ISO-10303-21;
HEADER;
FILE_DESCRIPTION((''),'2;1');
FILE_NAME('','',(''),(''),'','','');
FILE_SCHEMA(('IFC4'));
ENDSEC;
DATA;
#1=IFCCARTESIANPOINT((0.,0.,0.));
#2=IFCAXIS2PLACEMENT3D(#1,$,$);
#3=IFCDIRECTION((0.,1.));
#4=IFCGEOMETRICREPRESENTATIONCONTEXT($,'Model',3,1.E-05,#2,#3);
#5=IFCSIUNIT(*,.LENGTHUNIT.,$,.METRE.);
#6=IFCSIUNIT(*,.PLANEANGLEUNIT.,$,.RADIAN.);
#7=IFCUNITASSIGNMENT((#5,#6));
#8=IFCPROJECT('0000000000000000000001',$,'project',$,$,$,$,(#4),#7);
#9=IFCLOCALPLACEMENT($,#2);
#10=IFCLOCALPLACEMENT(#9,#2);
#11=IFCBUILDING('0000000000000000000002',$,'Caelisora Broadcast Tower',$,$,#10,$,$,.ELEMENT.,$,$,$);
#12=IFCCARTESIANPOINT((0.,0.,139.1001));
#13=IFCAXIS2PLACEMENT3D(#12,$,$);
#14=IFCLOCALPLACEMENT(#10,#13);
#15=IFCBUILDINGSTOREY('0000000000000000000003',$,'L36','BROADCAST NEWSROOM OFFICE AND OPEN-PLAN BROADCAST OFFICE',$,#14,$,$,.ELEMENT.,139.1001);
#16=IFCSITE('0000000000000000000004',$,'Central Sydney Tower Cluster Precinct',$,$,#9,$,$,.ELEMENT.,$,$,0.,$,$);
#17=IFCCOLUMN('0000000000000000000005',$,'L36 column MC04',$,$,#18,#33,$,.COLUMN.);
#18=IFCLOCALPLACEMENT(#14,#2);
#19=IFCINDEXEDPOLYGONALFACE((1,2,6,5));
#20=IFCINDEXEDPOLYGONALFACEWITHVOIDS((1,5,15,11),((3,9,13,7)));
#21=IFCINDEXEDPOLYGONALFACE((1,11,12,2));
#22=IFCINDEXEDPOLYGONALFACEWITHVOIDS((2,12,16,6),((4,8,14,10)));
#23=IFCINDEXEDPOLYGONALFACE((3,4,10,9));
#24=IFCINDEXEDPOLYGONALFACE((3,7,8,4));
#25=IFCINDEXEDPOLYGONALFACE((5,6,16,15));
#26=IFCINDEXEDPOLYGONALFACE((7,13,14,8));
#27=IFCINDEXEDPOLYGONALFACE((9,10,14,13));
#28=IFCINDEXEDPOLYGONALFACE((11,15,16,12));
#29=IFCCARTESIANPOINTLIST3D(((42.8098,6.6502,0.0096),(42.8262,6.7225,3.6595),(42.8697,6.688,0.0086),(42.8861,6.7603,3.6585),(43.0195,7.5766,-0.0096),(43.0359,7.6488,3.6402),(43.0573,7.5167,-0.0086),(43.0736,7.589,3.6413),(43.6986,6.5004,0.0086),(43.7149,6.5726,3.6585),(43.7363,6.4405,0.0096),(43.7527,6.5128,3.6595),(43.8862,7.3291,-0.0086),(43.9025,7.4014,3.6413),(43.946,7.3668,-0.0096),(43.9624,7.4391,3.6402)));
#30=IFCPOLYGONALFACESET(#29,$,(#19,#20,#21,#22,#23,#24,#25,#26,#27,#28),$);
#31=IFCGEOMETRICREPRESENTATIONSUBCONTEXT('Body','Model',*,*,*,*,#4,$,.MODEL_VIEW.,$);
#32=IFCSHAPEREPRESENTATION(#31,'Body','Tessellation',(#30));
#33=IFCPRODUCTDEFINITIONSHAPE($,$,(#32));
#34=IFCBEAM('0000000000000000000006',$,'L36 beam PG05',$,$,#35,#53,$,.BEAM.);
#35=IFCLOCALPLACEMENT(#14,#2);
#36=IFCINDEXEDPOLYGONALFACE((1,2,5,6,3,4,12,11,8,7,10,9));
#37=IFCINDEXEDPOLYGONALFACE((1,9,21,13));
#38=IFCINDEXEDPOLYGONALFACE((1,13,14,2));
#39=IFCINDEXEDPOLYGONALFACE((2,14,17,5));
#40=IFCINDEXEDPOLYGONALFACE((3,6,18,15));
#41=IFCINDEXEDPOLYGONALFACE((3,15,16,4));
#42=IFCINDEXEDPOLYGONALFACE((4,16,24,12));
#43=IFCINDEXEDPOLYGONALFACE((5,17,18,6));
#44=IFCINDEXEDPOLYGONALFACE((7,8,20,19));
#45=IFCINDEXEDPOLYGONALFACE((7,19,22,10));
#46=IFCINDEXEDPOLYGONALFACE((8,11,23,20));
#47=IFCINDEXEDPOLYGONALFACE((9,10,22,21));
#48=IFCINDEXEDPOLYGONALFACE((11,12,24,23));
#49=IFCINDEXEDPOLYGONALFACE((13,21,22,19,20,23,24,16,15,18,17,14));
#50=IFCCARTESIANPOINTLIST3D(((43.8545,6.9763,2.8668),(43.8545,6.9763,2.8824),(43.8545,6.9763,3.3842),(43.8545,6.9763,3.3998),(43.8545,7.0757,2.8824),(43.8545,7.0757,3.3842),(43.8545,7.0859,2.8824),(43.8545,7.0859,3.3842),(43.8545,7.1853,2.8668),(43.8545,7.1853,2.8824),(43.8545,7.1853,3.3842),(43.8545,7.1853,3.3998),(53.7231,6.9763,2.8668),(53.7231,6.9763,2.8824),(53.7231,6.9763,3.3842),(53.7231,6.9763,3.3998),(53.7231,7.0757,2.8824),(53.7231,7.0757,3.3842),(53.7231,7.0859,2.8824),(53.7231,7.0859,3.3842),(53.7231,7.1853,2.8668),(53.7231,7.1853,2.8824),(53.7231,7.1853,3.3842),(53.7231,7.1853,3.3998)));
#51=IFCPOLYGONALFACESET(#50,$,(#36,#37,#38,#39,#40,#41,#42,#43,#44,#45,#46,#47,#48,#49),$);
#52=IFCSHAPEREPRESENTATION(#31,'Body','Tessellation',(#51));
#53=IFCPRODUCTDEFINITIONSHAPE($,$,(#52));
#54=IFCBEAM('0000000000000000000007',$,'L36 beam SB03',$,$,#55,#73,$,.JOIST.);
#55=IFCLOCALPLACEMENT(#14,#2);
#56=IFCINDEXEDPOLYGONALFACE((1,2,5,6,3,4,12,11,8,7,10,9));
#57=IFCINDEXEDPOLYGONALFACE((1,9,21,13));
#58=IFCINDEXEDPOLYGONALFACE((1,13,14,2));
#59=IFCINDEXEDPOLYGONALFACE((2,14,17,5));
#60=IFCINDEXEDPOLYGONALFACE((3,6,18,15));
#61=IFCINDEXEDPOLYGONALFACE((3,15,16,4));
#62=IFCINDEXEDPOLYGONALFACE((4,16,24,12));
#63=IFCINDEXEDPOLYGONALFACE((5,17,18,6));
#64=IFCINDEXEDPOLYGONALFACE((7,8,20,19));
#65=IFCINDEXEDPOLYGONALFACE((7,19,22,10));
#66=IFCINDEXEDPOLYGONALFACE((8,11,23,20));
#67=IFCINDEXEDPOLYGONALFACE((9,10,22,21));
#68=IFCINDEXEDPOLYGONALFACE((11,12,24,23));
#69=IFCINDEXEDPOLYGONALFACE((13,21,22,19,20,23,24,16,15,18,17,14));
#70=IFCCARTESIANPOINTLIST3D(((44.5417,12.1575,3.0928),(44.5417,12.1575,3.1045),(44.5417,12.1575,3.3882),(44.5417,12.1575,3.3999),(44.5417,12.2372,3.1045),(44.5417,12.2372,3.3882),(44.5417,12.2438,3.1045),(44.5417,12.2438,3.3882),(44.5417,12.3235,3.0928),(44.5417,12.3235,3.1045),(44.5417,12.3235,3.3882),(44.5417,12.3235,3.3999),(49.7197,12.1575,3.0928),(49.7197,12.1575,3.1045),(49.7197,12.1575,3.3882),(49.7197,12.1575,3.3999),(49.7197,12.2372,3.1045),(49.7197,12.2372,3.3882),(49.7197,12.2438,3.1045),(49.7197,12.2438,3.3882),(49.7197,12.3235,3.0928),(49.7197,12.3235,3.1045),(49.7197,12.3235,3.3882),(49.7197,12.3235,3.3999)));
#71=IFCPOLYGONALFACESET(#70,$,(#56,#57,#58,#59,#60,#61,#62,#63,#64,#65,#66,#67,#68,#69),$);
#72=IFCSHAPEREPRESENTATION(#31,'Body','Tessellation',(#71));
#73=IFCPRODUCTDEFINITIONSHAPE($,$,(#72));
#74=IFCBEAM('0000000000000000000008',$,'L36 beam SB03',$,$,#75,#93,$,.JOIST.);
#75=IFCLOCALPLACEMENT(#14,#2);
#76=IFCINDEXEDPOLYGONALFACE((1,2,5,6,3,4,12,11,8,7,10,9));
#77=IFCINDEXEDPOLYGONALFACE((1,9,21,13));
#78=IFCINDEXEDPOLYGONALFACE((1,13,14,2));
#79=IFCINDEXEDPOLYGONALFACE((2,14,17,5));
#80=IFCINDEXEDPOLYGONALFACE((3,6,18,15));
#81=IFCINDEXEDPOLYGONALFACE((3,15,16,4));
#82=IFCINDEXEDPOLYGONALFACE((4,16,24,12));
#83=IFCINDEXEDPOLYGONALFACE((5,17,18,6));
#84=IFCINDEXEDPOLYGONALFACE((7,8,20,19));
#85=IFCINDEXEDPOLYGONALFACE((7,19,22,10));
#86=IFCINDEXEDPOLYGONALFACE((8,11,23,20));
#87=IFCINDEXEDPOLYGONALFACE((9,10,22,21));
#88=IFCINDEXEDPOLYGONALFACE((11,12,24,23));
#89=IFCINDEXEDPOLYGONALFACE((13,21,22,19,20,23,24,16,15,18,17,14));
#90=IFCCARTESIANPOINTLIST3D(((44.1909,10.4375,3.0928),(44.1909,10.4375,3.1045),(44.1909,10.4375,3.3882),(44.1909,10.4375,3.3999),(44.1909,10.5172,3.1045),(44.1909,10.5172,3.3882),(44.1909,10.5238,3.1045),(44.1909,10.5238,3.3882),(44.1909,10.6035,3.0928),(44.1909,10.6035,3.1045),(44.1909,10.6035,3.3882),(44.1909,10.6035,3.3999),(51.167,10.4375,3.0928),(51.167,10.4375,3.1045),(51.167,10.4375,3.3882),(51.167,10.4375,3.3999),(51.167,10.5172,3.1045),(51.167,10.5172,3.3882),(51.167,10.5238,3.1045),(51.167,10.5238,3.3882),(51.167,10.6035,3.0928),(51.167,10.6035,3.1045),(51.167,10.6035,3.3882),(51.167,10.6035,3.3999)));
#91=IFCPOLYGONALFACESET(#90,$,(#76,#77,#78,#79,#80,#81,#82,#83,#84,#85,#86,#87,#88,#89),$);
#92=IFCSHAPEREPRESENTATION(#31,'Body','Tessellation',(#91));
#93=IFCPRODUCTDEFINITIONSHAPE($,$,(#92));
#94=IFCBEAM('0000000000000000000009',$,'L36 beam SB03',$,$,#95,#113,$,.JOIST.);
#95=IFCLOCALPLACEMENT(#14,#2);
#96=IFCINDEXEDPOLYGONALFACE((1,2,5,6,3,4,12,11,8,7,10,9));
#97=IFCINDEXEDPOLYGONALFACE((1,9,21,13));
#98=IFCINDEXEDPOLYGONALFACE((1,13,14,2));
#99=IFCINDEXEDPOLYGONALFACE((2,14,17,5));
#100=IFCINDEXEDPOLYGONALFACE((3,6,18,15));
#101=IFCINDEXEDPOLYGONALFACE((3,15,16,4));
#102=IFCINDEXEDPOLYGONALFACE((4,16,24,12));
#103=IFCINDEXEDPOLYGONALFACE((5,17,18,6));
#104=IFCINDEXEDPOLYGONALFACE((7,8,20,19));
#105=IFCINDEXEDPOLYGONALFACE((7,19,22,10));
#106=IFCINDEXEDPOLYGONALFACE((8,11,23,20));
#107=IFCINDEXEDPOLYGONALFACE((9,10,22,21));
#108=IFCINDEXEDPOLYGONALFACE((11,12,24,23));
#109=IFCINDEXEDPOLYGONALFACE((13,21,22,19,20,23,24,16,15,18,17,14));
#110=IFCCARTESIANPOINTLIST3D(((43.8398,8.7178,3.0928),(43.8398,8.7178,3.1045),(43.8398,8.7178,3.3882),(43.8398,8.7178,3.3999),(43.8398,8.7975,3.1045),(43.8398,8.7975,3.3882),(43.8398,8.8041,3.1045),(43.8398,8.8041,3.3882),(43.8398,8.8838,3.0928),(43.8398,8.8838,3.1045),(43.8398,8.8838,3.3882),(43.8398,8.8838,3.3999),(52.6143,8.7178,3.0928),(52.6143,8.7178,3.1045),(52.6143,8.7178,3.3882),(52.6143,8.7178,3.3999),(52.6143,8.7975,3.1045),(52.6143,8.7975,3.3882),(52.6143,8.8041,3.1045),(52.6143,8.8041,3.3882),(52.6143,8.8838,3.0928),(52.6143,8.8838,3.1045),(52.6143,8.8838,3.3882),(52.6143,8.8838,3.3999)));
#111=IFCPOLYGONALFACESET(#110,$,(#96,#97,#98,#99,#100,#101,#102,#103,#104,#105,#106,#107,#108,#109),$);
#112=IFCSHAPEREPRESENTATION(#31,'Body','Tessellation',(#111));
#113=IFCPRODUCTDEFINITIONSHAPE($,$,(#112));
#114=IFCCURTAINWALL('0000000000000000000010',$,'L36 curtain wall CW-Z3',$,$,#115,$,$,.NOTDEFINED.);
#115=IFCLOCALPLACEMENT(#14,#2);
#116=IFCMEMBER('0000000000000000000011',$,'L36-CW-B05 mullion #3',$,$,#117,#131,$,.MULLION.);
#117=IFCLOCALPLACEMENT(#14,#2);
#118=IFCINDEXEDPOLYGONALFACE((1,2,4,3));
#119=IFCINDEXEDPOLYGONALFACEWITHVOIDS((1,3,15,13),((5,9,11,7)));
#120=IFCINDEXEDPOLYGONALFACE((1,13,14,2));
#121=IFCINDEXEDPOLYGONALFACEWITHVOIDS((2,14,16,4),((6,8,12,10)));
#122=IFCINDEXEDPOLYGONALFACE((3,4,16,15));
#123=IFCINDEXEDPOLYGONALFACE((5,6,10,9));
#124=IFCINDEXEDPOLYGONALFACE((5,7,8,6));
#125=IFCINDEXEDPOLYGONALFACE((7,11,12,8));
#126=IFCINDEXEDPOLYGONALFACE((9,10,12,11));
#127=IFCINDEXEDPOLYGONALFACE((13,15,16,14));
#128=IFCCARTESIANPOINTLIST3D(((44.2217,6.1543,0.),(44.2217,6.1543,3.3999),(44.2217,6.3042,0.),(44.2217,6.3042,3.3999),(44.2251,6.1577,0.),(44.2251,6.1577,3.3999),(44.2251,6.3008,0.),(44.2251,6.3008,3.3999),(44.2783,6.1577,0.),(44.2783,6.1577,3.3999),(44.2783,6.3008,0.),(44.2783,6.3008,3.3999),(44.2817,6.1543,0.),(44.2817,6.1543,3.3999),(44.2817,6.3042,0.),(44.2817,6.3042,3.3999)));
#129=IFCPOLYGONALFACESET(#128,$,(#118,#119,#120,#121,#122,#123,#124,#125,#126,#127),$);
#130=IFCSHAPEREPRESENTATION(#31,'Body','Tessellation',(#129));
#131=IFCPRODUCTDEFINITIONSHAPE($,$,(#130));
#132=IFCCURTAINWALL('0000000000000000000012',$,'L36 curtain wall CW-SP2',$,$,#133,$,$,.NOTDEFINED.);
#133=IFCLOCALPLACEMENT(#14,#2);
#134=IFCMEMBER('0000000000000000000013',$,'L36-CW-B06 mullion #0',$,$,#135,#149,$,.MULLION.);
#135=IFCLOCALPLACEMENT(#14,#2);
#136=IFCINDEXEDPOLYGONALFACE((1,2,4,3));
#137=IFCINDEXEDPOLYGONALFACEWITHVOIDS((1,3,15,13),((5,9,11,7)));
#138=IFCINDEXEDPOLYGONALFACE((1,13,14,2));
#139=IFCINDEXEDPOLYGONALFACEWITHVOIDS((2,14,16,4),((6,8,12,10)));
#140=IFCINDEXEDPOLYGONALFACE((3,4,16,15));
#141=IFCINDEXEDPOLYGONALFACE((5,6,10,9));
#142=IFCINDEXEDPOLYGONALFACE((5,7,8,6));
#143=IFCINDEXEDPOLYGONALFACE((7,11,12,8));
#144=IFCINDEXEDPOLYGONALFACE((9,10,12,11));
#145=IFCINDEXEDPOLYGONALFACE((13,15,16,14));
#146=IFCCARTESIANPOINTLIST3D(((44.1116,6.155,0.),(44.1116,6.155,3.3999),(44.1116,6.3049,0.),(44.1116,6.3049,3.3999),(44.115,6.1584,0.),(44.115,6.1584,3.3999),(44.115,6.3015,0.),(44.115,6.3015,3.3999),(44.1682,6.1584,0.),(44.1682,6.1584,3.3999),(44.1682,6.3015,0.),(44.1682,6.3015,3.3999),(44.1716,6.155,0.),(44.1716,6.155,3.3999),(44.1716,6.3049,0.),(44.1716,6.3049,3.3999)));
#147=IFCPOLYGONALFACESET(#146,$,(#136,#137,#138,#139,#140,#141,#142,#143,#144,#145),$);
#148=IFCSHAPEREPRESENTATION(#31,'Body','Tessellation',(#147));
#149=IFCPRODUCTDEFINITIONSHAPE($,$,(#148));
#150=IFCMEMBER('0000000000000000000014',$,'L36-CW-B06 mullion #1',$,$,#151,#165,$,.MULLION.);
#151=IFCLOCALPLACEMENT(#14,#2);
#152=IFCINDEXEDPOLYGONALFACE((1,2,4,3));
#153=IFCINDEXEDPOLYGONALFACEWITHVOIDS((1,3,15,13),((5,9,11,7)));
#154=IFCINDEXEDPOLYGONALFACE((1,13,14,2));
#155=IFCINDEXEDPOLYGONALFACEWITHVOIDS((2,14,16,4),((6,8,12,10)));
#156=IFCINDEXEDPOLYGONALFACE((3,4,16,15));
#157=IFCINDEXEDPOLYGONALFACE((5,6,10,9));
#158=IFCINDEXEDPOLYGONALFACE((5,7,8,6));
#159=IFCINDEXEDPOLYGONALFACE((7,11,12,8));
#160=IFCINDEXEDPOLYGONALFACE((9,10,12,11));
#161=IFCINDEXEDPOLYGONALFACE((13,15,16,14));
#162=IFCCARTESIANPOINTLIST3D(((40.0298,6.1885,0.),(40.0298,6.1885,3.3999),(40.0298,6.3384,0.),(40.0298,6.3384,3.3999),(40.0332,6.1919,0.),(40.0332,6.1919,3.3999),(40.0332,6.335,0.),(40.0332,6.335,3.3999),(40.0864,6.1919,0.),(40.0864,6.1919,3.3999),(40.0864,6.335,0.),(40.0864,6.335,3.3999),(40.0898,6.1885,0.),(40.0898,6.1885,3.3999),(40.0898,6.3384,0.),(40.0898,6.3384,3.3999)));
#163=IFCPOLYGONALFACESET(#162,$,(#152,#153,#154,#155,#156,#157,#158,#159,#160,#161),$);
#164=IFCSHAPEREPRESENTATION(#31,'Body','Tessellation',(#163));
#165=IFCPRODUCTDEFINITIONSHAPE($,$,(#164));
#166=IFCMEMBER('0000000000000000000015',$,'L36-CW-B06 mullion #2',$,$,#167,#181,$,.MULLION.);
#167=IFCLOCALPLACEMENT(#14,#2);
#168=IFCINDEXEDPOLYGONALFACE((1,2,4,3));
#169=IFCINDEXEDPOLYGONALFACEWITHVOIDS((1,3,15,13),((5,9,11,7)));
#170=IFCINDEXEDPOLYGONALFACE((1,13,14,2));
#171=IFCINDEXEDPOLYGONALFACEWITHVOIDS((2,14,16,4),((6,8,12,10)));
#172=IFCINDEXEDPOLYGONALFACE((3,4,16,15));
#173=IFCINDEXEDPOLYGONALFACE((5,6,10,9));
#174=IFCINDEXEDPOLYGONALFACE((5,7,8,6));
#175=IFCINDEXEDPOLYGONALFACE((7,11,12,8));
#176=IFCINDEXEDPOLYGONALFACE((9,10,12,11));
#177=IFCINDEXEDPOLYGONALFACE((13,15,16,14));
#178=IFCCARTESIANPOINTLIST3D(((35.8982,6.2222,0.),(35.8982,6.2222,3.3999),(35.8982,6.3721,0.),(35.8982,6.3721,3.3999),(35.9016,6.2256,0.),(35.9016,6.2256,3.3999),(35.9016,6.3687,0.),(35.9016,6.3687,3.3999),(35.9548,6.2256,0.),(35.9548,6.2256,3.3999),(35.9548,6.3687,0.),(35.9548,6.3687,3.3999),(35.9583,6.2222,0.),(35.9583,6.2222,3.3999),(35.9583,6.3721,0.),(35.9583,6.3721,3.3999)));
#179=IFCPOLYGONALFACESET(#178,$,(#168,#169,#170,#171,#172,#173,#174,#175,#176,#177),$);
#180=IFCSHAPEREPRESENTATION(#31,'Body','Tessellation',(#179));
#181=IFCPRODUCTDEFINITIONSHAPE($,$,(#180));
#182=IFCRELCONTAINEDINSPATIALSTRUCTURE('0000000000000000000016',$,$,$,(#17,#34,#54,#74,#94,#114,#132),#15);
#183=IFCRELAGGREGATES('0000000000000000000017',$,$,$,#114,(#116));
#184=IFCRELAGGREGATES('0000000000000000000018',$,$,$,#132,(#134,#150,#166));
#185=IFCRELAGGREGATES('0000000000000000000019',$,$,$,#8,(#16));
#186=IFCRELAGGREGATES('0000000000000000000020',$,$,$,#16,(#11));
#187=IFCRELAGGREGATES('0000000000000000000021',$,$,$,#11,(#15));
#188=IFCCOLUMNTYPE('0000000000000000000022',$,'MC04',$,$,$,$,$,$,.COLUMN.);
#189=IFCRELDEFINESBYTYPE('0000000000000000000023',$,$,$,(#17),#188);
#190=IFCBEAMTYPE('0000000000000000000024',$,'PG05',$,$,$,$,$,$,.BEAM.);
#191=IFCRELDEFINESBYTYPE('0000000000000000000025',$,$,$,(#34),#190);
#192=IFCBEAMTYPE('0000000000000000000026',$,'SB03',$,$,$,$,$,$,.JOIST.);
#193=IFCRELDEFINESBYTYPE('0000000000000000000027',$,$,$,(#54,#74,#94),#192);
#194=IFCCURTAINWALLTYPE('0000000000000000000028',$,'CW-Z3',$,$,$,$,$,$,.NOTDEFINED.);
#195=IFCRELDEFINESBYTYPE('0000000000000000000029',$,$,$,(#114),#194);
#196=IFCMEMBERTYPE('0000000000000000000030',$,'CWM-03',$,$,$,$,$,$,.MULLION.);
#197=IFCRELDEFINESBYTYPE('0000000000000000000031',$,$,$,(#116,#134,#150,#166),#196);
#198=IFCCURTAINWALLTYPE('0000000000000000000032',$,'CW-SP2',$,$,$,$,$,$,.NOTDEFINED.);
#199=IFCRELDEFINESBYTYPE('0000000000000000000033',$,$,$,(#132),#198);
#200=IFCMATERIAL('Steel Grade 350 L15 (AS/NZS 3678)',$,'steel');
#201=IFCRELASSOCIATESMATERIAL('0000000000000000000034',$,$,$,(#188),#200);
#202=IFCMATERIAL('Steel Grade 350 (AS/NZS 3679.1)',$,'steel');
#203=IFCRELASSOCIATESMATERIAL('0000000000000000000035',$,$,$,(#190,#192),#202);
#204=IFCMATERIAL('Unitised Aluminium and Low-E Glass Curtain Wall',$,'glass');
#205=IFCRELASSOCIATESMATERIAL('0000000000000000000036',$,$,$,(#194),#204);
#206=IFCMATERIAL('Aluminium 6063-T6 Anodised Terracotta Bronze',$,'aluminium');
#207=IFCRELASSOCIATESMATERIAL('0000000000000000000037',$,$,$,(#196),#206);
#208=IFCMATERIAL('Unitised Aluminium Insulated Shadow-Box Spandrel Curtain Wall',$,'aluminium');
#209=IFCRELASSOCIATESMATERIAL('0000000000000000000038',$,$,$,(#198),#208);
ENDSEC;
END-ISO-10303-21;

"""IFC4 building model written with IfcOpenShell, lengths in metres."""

from ifc_helpers import new_model, si_unit, direction, frame, origin, origin_2d, place, context, subcontext, project, spatial, hollow_rectangle, i_section, extrude, source, transform, mapped, material, material_profile, profile_set, type_object, type_shapes, element, aggregate, save


model = new_model("IFC4")

# Units and contexts
model_context = context("Model", 3, precision=1e-05, world=origin(), true_north=direction((0.0, 1.0)))
body_context = subcontext(model_context, "Body", "Model", "MODEL_VIEW")
ifc_project = project(units=[si_unit("LENGTHUNIT", "METRE"), si_unit("PLANEANGLEUNIT", "RADIAN")], contexts=[model_context])

# Site, building, storey
site_placement = place(None, origin())
site = spatial("IfcSite", under=ifc_project, at=site_placement, Name="Central Sydney Tower Cluster Precinct", CompositionType="ELEMENT", RefElevation=0.0)
building_placement = place(site_placement, origin())
building = spatial("IfcBuilding", under=site, at=building_placement, Name="Caelisora Broadcast Tower", CompositionType="ELEMENT")
storey_placement = place(building_placement, frame((0.0, 0.0, 139.1001)))
storey = spatial("IfcBuildingStorey", under=building, at=storey_placement, Name="L36", Description="BROADCAST NEWSROOM OFFICE AND OPEN-PLAN BROADCAST OFFICE", CompositionType="ELEMENT", Elevation=139.1001)

# Column
ifc_material_1 = material(Name="Steel Grade 350 L15 (AS/NZS 3678)", Category="steel")
ifc_material_profile_1 = material_profile(ifc_material_1, hollow_rectangle(XDim=0.95, YDim=0.95, WallThickness=0.05, at=origin_2d()), Name="Steel Grade 350 L15 (AS/NZS 3678)")
ifc_profile_set_1 = profile_set([ifc_material_profile_1], Name="Steel Grade 350 L15 (AS/NZS 3678)")
column_type = type_object("IfcColumnType", Name="MC04", PredefinedType="COLUMN", material=ifc_profile_set_1)
shared_shape_1 = source(origin(), body_context, "Body", "SweptSolid", [
    extrude(hollow_rectangle(XDim=0.95, YDim=0.95, WallThickness=0.05, at=origin_2d()), origin(), (0.0, 0.0, 1.0), 3.6506),
])
type_shapes(column_type, [shared_shape_1])
column_placement = place(storey_placement, frame((43.3779, 7.0085, 0.0), z_axis=(0.004481, 0.019795, 0.999794), x_axis=(-0.975327, 0.220767, 0.0)))
element("IfcColumn", 1, at=column_placement, inside=storey, type_object=column_type, Name="L36 column MC04", PredefinedType="COLUMN", context=body_context, shape_type="MappedRepresentation", body=[
    mapped(shared_shape_1, transform((0.0, 0.0, 0.0), scale=1.0)),
])

# Beams
ifc_material_2 = material(Name="Steel Grade 350 (AS/NZS 3679.1)", Category="steel")
ifc_material_profile_2 = material_profile(ifc_material_2, i_section(OverallWidth=0.209, OverallDepth=0.533, WebThickness=0.0103, FlangeThickness=0.0156, at=origin_2d()), Name="Steel Grade 350 (AS/NZS 3679.1)")
ifc_profile_set_2 = profile_set([ifc_material_profile_2], Name="Steel Grade 350 (AS/NZS 3679.1)")
beam_type_1 = type_object("IfcBeamType", Name="PG05", PredefinedType="BEAM", material=ifc_profile_set_2)
shared_shape_2 = source(origin(), body_context, "Body", "SweptSolid", [
    extrude(i_section(OverallWidth=0.209, OverallDepth=0.533, WebThickness=0.0103, FlangeThickness=0.0156, at=origin_2d()), origin(), (0.0, 0.0, 1.0), 9.8687),
])
type_shapes(beam_type_1, [shared_shape_2])
beam_1_placement = place(storey_placement, frame((43.8545, 7.0808, 3.1333), z_axis=(1.0, 0.0, 0.0), x_axis=(0.0, 1.0, 0.0)))
element("IfcBeam", 2, at=beam_1_placement, inside=storey, type_object=beam_type_1, Name="L36 beam PG05", PredefinedType="BEAM", context=body_context, shape_type="MappedRepresentation", body=[
    mapped(shared_shape_2, transform((0.0, 0.0, 0.0), scale=1.0)),
])
ifc_material_profile_3 = material_profile(ifc_material_2, i_section(OverallWidth=0.166, OverallDepth=0.3071, WebThickness=0.0066, FlangeThickness=0.0117, at=origin_2d()), Name="Steel Grade 350 (AS/NZS 3679.1)")
ifc_profile_set_3 = profile_set([ifc_material_profile_3], Name="Steel Grade 350 (AS/NZS 3679.1)")
beam_type_2 = type_object("IfcBeamType", Name="SB03", PredefinedType="JOIST", material=ifc_profile_set_3)
shared_shape_3 = source(origin(), body_context, "Body", "SweptSolid", [
    extrude(i_section(OverallWidth=0.166, OverallDepth=0.3071, WebThickness=0.0066, FlangeThickness=0.0117, at=origin_2d()), origin(), (0.0, 0.0, 1.0), 5.178),
])
beam_2_placement = place(storey_placement, frame((44.5417, 12.2405, 3.2463), z_axis=(1.0, 0.0, 0.0), x_axis=(0.0, 1.0, 0.0)))
element("IfcBeam", 3, at=beam_2_placement, inside=storey, type_object=beam_type_2, Name="L36 beam SB03", PredefinedType="JOIST", context=body_context, shape_type="MappedRepresentation", body=[
    mapped(shared_shape_3, transform((0.0, 0.0, 0.0), scale=1.0)),
])
shared_shape_4 = source(origin(), body_context, "Body", "SweptSolid", [
    extrude(i_section(OverallWidth=0.166, OverallDepth=0.3071, WebThickness=0.0066, FlangeThickness=0.0117, at=origin_2d()), origin(), (0.0, 0.0, 1.0), 6.9761),
])
beam_3_placement = place(storey_placement, frame((44.1909, 10.5205, 3.2463), z_axis=(1.0, 0.0, 0.0), x_axis=(0.0, 1.0, 0.0)))
element("IfcBeam", 4, at=beam_3_placement, inside=storey, type_object=beam_type_2, Name="L36 beam SB03", PredefinedType="JOIST", context=body_context, shape_type="MappedRepresentation", body=[
    mapped(shared_shape_4, transform((0.0, 0.0, 0.0), scale=1.0)),
])
shared_shape_5 = source(origin(), body_context, "Body", "SweptSolid", [
    extrude(i_section(OverallWidth=0.166, OverallDepth=0.3071, WebThickness=0.0066, FlangeThickness=0.0117, at=origin_2d()), origin(), (0.0, 0.0, 1.0), 8.7744),
])
type_shapes(beam_type_2, [shared_shape_3, shared_shape_4, shared_shape_5])
beam_4_placement = place(storey_placement, frame((43.8398, 8.8008, 3.2463), z_axis=(1.0, 0.0, 0.0), x_axis=(0.0, 1.0, 0.0)))
element("IfcBeam", 5, at=beam_4_placement, inside=storey, type_object=beam_type_2, Name="L36 beam SB03", PredefinedType="JOIST", context=body_context, shape_type="MappedRepresentation", body=[
    mapped(shared_shape_5, transform((0.0, 0.0, 0.0), scale=1.0)),
])

# Curtain wall, member
ifc_material_3 = material(Name="Unitised Aluminium and Low-E Glass Curtain Wall", Category="glass")
curtain_wall_type_1 = type_object("IfcCurtainWallType", Name="CW-Z3", PredefinedType="NOTDEFINED", material=ifc_material_3)
curtain_wall_1_placement = place(storey_placement, origin())
curtain_wall_1 = element("IfcCurtainWall", 6, at=curtain_wall_1_placement, inside=storey, type_object=curtain_wall_type_1, Name="L36 curtain wall CW-Z3", PredefinedType="NOTDEFINED")
ifc_material_4 = material(Name="Aluminium 6063-T6 Anodised Terracotta Bronze", Category="aluminium")
ifc_material_profile_4 = material_profile(ifc_material_4, hollow_rectangle(XDim=0.0601, YDim=0.1499, WallThickness=0.0034, at=origin_2d()), Name="Aluminium 6063-T6 Anodised Terracotta Bronze")
ifc_profile_set_4 = profile_set([ifc_material_profile_4], Name="Aluminium 6063-T6 Anodised Terracotta Bronze")
member_type_1 = type_object("IfcMemberType", Name="CWM-03", PredefinedType="MULLION", material=ifc_profile_set_4)
shared_shape_6 = source(origin(), body_context, "Body", "SweptSolid", [
    extrude(hollow_rectangle(XDim=0.0601, YDim=0.1499, WallThickness=0.0034, at=origin_2d()), origin(), (0.0, 0.0, 1.0), 3.3999),
])
type_shapes(member_type_1, [shared_shape_6])
member_1_placement = place(storey_placement, frame((44.2517, 6.2292, 0.0), z_axis=(0.0, 0.0, 1.0), x_axis=(1.0, 0.0, 0.0)))
member_1 = element("IfcMember", 7, at=member_1_placement, type_object=member_type_1, Name="L36-CW-B05 mullion #3", PredefinedType="MULLION", context=body_context, shape_type="MappedRepresentation", body=[
    mapped(shared_shape_6, transform((0.0, 0.0, 0.0), scale=1.0)),
])
aggregate(curtain_wall_1, [member_1])

# Curtain wall, members
ifc_material_5 = material(Name="Unitised Aluminium Insulated Shadow-Box Spandrel Curtain Wall", Category="aluminium")
curtain_wall_type_2 = type_object("IfcCurtainWallType", Name="CW-SP2", PredefinedType="NOTDEFINED", material=ifc_material_5)
curtain_wall_2_placement = place(storey_placement, origin())
curtain_wall_2 = element("IfcCurtainWall", 8, at=curtain_wall_2_placement, inside=storey, type_object=curtain_wall_type_2, Name="L36 curtain wall CW-SP2", PredefinedType="NOTDEFINED")
member_2_placement = place(storey_placement, frame((44.1416, 6.23, 0.0), z_axis=(0.0, 0.0, 1.0), x_axis=(1.0, 0.0, 0.0)))
member_2 = element("IfcMember", 9, at=member_2_placement, type_object=member_type_1, Name="L36-CW-B06 mullion #0", PredefinedType="MULLION", context=body_context, shape_type="MappedRepresentation", body=[
    mapped(shared_shape_6, transform((0.0, 0.0, 0.0), scale=1.0)),
])
member_3_placement = place(storey_placement, frame((40.0598, 6.2634, 0.0), z_axis=(0.0, 0.0, 1.0), x_axis=(1.0, 0.0, 0.0)))
member_3 = element("IfcMember", 10, at=member_3_placement, type_object=member_type_1, Name="L36-CW-B06 mullion #1", PredefinedType="MULLION", context=body_context, shape_type="MappedRepresentation", body=[
    mapped(shared_shape_6, transform((0.0, 0.0, 0.0), scale=1.0)),
])
member_4_placement = place(storey_placement, frame((35.9282, 6.2971, 0.0), z_axis=(0.0, 0.0, 1.0), x_axis=(1.0, 0.0, 0.0)))
member_4 = element("IfcMember", 11, at=member_4_placement, type_object=member_type_1, Name="L36-CW-B06 mullion #2", PredefinedType="MULLION", context=body_context, shape_type="MappedRepresentation", body=[
    mapped(shared_shape_6, transform((0.0, 0.0, 0.0), scale=1.0)),
])

aggregate(curtain_wall_2, [member_2, member_3, member_4])

save(model, "model.ifc")
